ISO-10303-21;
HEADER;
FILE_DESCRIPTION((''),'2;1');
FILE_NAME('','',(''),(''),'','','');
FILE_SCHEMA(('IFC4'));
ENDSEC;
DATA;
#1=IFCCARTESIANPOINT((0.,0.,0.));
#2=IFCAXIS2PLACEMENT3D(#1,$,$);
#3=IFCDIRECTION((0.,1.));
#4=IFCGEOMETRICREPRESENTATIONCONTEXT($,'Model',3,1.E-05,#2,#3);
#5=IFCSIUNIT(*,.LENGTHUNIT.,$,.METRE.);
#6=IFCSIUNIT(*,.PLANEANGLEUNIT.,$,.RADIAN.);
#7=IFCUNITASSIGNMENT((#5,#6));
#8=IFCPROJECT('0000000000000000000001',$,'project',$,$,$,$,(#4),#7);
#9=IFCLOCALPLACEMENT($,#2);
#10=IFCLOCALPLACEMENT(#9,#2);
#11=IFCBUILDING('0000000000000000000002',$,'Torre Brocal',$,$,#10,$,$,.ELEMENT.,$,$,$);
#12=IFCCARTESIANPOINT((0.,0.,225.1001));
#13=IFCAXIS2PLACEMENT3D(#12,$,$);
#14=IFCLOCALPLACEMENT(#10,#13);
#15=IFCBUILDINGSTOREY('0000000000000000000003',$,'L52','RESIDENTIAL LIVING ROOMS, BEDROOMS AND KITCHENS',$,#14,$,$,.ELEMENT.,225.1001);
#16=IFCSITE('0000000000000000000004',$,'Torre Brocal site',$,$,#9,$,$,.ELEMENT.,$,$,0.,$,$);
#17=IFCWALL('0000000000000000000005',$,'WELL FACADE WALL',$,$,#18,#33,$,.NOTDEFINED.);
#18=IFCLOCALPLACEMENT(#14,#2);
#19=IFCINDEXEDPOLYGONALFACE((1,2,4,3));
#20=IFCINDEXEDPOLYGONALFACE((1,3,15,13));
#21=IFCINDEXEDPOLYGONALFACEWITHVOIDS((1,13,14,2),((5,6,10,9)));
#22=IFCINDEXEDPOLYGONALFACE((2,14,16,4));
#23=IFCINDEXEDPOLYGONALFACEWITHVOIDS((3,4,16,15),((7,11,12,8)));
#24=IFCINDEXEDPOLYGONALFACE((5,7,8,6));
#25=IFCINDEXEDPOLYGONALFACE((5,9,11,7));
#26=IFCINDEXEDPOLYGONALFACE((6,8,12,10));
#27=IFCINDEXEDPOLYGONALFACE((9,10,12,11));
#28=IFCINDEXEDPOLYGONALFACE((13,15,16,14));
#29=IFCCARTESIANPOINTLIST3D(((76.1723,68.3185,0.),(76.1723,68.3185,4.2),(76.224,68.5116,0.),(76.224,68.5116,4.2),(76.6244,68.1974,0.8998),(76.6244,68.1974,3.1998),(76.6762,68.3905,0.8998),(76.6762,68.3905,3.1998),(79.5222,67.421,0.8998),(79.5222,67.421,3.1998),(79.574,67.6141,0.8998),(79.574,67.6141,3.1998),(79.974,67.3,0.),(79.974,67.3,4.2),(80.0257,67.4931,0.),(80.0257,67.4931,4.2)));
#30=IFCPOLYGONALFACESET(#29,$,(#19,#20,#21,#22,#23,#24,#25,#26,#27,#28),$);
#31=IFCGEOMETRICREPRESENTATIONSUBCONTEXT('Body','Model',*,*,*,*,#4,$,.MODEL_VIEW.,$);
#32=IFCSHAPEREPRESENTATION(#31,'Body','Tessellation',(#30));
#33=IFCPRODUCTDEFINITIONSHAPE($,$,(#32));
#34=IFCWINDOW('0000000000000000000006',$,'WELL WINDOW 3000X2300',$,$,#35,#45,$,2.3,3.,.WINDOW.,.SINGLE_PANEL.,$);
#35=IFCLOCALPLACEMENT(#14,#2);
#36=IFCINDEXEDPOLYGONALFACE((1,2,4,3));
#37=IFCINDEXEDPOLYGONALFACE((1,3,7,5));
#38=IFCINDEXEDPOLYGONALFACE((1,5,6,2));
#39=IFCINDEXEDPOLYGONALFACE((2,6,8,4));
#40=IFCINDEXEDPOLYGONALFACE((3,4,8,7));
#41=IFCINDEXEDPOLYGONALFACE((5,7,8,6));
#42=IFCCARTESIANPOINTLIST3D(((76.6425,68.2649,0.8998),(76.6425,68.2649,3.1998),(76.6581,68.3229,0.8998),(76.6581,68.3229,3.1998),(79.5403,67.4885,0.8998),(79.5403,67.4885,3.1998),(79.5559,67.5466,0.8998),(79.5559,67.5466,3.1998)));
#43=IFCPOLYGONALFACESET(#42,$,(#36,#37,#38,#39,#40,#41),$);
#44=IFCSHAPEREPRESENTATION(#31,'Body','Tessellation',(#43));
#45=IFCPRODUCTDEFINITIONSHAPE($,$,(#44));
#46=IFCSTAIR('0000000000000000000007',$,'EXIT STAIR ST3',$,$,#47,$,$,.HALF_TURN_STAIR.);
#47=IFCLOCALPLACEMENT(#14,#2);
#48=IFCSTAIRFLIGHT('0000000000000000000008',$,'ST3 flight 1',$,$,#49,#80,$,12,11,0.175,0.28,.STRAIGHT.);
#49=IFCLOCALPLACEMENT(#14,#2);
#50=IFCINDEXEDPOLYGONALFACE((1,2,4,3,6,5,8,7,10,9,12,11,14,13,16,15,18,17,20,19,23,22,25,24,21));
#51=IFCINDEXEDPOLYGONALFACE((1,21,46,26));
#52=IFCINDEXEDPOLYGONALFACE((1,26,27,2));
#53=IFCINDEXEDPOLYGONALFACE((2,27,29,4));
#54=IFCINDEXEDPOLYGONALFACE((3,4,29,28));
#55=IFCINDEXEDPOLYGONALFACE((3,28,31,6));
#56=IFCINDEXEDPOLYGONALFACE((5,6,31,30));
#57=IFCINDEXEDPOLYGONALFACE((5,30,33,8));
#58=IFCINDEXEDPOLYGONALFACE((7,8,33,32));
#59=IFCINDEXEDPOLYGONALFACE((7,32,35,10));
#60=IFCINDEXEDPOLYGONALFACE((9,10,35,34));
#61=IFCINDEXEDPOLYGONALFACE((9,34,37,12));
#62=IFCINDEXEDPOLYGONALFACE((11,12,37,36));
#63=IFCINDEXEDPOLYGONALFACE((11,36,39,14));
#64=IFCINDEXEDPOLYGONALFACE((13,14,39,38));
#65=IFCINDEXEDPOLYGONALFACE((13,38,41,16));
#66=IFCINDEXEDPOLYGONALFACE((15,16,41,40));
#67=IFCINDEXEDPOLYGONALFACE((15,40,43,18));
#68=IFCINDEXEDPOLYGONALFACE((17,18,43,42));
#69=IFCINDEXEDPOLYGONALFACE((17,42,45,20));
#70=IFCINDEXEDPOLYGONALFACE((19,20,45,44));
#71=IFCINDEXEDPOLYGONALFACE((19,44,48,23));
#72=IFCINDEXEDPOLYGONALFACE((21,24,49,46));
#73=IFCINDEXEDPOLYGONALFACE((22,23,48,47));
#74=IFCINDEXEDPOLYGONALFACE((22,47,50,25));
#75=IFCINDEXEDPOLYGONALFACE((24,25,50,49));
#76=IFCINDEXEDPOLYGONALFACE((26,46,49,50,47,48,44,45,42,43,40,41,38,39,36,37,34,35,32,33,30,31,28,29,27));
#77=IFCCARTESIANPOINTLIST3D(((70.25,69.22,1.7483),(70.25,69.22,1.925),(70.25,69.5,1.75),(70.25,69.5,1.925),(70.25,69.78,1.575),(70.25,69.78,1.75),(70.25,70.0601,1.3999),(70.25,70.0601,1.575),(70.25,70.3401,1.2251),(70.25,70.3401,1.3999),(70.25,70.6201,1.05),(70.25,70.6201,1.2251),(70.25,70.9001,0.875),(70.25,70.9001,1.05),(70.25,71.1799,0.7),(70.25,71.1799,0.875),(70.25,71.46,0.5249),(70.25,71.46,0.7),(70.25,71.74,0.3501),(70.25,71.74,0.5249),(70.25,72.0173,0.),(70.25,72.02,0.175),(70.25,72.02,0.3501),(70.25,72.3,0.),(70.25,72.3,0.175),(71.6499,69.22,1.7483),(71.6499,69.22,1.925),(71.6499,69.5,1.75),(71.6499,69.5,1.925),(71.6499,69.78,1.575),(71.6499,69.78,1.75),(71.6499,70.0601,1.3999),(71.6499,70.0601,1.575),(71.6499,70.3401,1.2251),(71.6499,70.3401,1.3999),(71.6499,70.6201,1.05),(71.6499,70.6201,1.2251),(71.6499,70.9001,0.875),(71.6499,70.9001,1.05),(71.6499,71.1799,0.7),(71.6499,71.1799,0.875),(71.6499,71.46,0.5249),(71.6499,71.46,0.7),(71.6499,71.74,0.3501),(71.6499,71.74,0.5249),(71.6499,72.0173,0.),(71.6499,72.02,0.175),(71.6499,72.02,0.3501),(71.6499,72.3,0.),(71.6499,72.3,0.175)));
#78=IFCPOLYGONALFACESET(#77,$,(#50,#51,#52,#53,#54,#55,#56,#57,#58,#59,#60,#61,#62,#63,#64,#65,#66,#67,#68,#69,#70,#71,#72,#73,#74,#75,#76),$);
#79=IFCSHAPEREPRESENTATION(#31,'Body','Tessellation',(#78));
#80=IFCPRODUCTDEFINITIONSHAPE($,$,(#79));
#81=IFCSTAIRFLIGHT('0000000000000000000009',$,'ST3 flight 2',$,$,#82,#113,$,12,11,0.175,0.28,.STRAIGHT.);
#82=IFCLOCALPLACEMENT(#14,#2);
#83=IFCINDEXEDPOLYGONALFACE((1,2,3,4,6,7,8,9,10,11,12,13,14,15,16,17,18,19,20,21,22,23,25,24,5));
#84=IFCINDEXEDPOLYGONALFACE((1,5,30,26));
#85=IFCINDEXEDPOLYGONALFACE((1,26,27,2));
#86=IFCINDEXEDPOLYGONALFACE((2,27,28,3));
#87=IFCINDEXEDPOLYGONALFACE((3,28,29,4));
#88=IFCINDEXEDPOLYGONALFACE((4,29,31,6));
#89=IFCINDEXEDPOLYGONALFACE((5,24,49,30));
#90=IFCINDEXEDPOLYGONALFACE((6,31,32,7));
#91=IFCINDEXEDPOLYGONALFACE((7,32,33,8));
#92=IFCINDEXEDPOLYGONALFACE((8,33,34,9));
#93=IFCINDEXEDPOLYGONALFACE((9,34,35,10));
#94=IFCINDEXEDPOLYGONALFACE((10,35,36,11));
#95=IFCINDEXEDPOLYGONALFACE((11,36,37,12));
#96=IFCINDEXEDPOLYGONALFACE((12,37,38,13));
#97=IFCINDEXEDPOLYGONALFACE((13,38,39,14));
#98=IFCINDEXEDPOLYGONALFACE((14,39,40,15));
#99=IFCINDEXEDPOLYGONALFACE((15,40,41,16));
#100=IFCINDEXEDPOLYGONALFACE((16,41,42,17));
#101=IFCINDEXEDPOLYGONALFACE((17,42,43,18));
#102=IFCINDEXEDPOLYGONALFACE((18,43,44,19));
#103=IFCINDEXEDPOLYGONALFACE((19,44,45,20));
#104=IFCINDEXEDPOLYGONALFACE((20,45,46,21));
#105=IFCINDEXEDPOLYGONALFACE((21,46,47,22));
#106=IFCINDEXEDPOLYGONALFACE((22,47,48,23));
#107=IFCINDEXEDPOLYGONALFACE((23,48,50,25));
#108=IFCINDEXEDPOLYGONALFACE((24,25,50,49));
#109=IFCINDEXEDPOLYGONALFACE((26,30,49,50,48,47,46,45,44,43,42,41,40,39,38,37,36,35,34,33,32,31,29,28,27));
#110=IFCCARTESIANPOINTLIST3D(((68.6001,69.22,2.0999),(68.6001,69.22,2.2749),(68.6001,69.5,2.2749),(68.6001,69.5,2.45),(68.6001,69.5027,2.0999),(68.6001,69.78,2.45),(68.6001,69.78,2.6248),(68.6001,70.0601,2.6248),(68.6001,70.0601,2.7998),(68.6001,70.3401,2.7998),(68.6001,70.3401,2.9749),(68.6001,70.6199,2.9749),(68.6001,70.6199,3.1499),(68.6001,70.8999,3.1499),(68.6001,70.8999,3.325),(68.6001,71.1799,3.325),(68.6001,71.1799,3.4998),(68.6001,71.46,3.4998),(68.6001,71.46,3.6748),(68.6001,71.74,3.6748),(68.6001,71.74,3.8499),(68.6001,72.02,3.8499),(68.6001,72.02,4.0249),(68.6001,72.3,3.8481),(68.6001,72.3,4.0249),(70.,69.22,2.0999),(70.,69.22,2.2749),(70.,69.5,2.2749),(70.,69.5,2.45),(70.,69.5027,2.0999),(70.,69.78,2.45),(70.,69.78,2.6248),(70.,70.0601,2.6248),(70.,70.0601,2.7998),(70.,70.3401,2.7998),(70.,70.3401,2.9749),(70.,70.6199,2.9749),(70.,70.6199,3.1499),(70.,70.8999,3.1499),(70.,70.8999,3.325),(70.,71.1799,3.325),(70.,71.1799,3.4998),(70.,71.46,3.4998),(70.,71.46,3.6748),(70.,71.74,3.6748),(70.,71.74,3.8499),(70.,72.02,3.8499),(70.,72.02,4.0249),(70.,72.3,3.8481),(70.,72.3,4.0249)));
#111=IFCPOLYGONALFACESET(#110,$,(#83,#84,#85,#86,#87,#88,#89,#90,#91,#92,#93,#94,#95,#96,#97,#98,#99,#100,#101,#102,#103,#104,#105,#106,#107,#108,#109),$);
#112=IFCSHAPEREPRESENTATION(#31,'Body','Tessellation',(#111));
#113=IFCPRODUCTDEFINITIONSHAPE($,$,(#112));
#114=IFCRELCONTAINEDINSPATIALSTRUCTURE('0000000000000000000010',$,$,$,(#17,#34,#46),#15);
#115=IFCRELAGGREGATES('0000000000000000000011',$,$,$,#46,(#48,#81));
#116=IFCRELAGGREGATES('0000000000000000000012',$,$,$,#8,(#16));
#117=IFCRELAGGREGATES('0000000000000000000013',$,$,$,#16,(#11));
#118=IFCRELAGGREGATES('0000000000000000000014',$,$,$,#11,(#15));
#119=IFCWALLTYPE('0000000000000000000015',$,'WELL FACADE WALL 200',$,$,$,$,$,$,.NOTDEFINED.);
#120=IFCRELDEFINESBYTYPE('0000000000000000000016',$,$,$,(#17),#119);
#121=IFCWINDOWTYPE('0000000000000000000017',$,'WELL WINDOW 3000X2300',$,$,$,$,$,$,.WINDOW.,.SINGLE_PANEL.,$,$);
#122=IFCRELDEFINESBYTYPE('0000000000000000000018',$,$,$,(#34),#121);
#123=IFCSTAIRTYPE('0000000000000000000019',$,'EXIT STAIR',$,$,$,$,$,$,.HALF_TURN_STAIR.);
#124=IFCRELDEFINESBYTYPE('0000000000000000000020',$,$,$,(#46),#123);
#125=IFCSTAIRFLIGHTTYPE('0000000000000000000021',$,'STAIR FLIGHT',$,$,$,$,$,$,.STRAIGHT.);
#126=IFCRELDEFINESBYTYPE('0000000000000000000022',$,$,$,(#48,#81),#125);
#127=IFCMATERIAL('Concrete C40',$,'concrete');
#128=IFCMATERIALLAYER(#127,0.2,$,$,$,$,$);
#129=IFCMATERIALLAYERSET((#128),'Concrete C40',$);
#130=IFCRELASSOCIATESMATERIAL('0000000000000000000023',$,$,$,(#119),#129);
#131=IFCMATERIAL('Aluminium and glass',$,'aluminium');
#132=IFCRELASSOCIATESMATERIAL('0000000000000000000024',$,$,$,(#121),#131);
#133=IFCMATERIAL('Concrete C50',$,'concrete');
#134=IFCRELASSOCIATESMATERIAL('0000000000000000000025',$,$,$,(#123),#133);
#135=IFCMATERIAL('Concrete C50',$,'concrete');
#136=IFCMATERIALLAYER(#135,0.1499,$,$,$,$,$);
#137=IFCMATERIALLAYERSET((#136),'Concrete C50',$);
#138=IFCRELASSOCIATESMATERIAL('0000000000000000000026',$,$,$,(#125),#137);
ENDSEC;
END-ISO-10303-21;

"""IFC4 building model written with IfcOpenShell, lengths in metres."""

from ifc_helpers import new_model, si_unit, direction, frame, frame_2d, origin, place, context, subcontext, project, spatial, polyline, rectangle, outline, extrude, material, layer, layer_set, type_object, element, fill, aggregate, save


model = new_model("IFC4")

# Units and contexts
model_context = context("Model", 3, precision=1e-05, world=origin(), true_north=direction((0.0, 1.0)))
body_context = subcontext(model_context, "Body", "Model", "MODEL_VIEW")
ifc_project = project(units=[si_unit("LENGTHUNIT", "METRE"), si_unit("PLANEANGLEUNIT", "RADIAN")], contexts=[model_context])

# Site, building, storey
site_placement = place(None, origin())
site = spatial("IfcSite", under=ifc_project, at=site_placement, Name="Torre Brocal site", CompositionType="ELEMENT", RefElevation=0.0)
building_placement = place(site_placement, origin())
building = spatial("IfcBuilding", under=site, at=building_placement, Name="Torre Brocal", CompositionType="ELEMENT")
storey_placement = place(building_placement, frame((0.0, 0.0, 225.1001)))
storey = spatial("IfcBuildingStorey", under=building, at=storey_placement, Name="L52", Description="RESIDENTIAL LIVING ROOMS, BEDROOMS AND KITCHENS", CompositionType="ELEMENT", Elevation=225.1001)

# Wall, opening, window
ifc_material_1 = material(Name="Concrete C40", Category="concrete")
ifc_layer_1 = layer(ifc_material_1, 0.2)
ifc_layer_set_1 = layer_set([ifc_layer_1], Name="Concrete C40")
wall_type_1 = type_object("IfcWallType", Name="WELL FACADE WALL 200", PredefinedType="NOTDEFINED", material=ifc_layer_set_1)
ifc_material_2 = material(Name="Aluminium and glass", Category="aluminium")
window_type = type_object("IfcWindowType", Name="WELL WINDOW 3000X2300", PartitioningType="SINGLE_PANEL", PredefinedType="WINDOW", material=ifc_material_2)
wall_1_placement = place(storey_placement, frame((76.1982, 68.415, 0.0), z_axis=(0.0, 0.0, 1.0), x_axis=(0.965934, -0.25879, 0.0)))
wall_1 = element("IfcWall", 1, at=wall_1_placement, inside=storey, type_object=wall_type_1, Name="WELL FACADE WALL", PredefinedType="NOTDEFINED", context=body_context, shape_type="SweptSolid", body=[
    extrude(rectangle(XDim=3.9358, YDim=0.2, at=frame_2d((1.9678, 0.0))), origin(), (0.0, 0.0, 1.0), 4.2),
])
opening_1_placement = place(wall_1_placement, frame((0.468, 0.0, 0.8999)))
opening_1 = element("IfcOpeningElement", 2, at=opening_1_placement, cuts=wall_1, PredefinedType="OPENING", context=body_context, shape_type="SweptSolid", body=[
    extrude(rectangle(XDim=3.0, YDim=2.3, at=frame_2d((1.5, 1.1499))), frame((0.0, 0.1099, 0.0), z_axis=(0.0, -1.0, 0.0), x_axis=(1.0, 0.0, 0.0)), (0.0, 0.0, 1.0), 0.22),
])
window_1_placement = place(opening_1_placement, origin())
window_1 = element("IfcWindow", 3, at=window_1_placement, inside=storey, type_object=window_type, Name="WELL WINDOW 3000X2300", OverallHeight=2.3, OverallWidth=3.0, PartitioningType="SINGLE_PANEL", PredefinedType="WINDOW", context=body_context, shape_type="SweptSolid", body=[
    extrude(rectangle(XDim=3.0, YDim=2.3, at=frame_2d((1.5, 1.1499))), frame((0.0, 0.03, 0.0), z_axis=(0.0, -1.0, 0.0), x_axis=(1.0, 0.0, 0.0)), (0.0, 0.0, 1.0), 0.0601),
])
fill(opening_1, window_1)

# Stair, stair flights
ifc_material_3 = material(Name="Concrete C50", Category="concrete")
stair_type = type_object("IfcStairType", Name="EXIT STAIR", PredefinedType="HALF_TURN_STAIR", material=ifc_material_3)
stair_placement = place(storey_placement, origin())
stair = element("IfcStair", 4, at=stair_placement, inside=storey, type_object=stair_type, Name="EXIT STAIR ST3", PredefinedType="HALF_TURN_STAIR")
ifc_material_4 = material(Name="Concrete C50", Category="concrete")
ifc_layer_2 = layer(ifc_material_4, 0.1499)
ifc_layer_set_2 = layer_set([ifc_layer_2], Name="Concrete C50")
stair_flight_type = type_object("IfcStairFlightType", Name="STAIR FLIGHT", PredefinedType="STRAIGHT", material=ifc_layer_set_2)
stair_flight_1_placement = place(storey_placement, frame((70.95, 72.3, 0.0), z_axis=(0.0, 0.0, 1.0), x_axis=(0.0, -1.0, 0.0)))
stair_flight_1 = element("IfcStairFlight", 5, at=stair_flight_1_placement, type_object=stair_flight_type, Name="ST3 flight 1", NumberOfRisers=12, NumberOfTreads=11, PredefinedType="STRAIGHT", RiserHeight=0.175, TreadLength=0.28, context=body_context, shape_type="SweptSolid", body=[
    extrude(outline(polyline([(0.0, 0.0), (0.0, 0.175), (0.28, 0.175), (0.28, 0.3501), (0.5601, 0.3501), (0.5601, 0.5249), (0.8401, 0.5249), (0.8401, 0.7), (1.1201, 0.7), (1.1201, 0.875), (1.3999, 0.875), (1.3999, 1.05), (1.6799, 1.05), (1.6799, 1.2251), (1.96, 1.2251), (1.96, 1.3999), (2.24, 1.3999), (2.24, 1.575), (2.52, 1.575), (2.52, 1.75), (2.8, 1.75), (2.8, 1.925), (3.0801, 1.925), (3.0801, 2.1001), (3.0801, 1.7483), (0.2827, 0.0), (0.0, 0.0)])), frame((0.0, 0.7, 0.0), z_axis=(0.0, -1.0, 0.0), x_axis=(1.0, 0.0, 0.0)), (0.0, 0.0, 1.0), 1.3999),
])
stair_flight_2_placement = place(storey_placement, frame((69.3, 69.22, 2.0999), z_axis=(0.0, 0.0, 1.0), x_axis=(0.0, 1.0, 0.0)))
stair_flight_2 = element("IfcStairFlight", 6, at=stair_flight_2_placement, type_object=stair_flight_type, Name="ST3 flight 2", NumberOfRisers=12, NumberOfTreads=11, PredefinedType="STRAIGHT", RiserHeight=0.175, TreadLength=0.28, context=body_context, shape_type="SweptSolid", body=[
    extrude(outline(polyline([(0.0, 0.0), (0.0, 0.175), (0.28, 0.175), (0.28, 0.3501), (0.5601, 0.3501), (0.5601, 0.5249), (0.8401, 0.5249), (0.8401, 0.7), (1.1201, 0.7), (1.1201, 0.875), (1.3999, 0.875), (1.3999, 1.05), (1.6799, 1.05), (1.6799, 1.2251), (1.96, 1.2251), (1.96, 1.3999), (2.24, 1.3999), (2.24, 1.575), (2.52, 1.575), (2.52, 1.75), (2.8, 1.75), (2.8, 1.925), (3.0801, 1.925), (3.0801, 2.1001), (3.0801, 1.7483), (0.2827, 0.0), (0.0, 0.0)])), frame((0.0, 0.7, 0.0), z_axis=(0.0, -1.0, 0.0), x_axis=(1.0, 0.0, 0.0)), (0.0, 0.0, 1.0), 1.3999),
])
aggregate(stair, [stair_flight_1, stair_flight_2])

save(model, "model.ifc")
